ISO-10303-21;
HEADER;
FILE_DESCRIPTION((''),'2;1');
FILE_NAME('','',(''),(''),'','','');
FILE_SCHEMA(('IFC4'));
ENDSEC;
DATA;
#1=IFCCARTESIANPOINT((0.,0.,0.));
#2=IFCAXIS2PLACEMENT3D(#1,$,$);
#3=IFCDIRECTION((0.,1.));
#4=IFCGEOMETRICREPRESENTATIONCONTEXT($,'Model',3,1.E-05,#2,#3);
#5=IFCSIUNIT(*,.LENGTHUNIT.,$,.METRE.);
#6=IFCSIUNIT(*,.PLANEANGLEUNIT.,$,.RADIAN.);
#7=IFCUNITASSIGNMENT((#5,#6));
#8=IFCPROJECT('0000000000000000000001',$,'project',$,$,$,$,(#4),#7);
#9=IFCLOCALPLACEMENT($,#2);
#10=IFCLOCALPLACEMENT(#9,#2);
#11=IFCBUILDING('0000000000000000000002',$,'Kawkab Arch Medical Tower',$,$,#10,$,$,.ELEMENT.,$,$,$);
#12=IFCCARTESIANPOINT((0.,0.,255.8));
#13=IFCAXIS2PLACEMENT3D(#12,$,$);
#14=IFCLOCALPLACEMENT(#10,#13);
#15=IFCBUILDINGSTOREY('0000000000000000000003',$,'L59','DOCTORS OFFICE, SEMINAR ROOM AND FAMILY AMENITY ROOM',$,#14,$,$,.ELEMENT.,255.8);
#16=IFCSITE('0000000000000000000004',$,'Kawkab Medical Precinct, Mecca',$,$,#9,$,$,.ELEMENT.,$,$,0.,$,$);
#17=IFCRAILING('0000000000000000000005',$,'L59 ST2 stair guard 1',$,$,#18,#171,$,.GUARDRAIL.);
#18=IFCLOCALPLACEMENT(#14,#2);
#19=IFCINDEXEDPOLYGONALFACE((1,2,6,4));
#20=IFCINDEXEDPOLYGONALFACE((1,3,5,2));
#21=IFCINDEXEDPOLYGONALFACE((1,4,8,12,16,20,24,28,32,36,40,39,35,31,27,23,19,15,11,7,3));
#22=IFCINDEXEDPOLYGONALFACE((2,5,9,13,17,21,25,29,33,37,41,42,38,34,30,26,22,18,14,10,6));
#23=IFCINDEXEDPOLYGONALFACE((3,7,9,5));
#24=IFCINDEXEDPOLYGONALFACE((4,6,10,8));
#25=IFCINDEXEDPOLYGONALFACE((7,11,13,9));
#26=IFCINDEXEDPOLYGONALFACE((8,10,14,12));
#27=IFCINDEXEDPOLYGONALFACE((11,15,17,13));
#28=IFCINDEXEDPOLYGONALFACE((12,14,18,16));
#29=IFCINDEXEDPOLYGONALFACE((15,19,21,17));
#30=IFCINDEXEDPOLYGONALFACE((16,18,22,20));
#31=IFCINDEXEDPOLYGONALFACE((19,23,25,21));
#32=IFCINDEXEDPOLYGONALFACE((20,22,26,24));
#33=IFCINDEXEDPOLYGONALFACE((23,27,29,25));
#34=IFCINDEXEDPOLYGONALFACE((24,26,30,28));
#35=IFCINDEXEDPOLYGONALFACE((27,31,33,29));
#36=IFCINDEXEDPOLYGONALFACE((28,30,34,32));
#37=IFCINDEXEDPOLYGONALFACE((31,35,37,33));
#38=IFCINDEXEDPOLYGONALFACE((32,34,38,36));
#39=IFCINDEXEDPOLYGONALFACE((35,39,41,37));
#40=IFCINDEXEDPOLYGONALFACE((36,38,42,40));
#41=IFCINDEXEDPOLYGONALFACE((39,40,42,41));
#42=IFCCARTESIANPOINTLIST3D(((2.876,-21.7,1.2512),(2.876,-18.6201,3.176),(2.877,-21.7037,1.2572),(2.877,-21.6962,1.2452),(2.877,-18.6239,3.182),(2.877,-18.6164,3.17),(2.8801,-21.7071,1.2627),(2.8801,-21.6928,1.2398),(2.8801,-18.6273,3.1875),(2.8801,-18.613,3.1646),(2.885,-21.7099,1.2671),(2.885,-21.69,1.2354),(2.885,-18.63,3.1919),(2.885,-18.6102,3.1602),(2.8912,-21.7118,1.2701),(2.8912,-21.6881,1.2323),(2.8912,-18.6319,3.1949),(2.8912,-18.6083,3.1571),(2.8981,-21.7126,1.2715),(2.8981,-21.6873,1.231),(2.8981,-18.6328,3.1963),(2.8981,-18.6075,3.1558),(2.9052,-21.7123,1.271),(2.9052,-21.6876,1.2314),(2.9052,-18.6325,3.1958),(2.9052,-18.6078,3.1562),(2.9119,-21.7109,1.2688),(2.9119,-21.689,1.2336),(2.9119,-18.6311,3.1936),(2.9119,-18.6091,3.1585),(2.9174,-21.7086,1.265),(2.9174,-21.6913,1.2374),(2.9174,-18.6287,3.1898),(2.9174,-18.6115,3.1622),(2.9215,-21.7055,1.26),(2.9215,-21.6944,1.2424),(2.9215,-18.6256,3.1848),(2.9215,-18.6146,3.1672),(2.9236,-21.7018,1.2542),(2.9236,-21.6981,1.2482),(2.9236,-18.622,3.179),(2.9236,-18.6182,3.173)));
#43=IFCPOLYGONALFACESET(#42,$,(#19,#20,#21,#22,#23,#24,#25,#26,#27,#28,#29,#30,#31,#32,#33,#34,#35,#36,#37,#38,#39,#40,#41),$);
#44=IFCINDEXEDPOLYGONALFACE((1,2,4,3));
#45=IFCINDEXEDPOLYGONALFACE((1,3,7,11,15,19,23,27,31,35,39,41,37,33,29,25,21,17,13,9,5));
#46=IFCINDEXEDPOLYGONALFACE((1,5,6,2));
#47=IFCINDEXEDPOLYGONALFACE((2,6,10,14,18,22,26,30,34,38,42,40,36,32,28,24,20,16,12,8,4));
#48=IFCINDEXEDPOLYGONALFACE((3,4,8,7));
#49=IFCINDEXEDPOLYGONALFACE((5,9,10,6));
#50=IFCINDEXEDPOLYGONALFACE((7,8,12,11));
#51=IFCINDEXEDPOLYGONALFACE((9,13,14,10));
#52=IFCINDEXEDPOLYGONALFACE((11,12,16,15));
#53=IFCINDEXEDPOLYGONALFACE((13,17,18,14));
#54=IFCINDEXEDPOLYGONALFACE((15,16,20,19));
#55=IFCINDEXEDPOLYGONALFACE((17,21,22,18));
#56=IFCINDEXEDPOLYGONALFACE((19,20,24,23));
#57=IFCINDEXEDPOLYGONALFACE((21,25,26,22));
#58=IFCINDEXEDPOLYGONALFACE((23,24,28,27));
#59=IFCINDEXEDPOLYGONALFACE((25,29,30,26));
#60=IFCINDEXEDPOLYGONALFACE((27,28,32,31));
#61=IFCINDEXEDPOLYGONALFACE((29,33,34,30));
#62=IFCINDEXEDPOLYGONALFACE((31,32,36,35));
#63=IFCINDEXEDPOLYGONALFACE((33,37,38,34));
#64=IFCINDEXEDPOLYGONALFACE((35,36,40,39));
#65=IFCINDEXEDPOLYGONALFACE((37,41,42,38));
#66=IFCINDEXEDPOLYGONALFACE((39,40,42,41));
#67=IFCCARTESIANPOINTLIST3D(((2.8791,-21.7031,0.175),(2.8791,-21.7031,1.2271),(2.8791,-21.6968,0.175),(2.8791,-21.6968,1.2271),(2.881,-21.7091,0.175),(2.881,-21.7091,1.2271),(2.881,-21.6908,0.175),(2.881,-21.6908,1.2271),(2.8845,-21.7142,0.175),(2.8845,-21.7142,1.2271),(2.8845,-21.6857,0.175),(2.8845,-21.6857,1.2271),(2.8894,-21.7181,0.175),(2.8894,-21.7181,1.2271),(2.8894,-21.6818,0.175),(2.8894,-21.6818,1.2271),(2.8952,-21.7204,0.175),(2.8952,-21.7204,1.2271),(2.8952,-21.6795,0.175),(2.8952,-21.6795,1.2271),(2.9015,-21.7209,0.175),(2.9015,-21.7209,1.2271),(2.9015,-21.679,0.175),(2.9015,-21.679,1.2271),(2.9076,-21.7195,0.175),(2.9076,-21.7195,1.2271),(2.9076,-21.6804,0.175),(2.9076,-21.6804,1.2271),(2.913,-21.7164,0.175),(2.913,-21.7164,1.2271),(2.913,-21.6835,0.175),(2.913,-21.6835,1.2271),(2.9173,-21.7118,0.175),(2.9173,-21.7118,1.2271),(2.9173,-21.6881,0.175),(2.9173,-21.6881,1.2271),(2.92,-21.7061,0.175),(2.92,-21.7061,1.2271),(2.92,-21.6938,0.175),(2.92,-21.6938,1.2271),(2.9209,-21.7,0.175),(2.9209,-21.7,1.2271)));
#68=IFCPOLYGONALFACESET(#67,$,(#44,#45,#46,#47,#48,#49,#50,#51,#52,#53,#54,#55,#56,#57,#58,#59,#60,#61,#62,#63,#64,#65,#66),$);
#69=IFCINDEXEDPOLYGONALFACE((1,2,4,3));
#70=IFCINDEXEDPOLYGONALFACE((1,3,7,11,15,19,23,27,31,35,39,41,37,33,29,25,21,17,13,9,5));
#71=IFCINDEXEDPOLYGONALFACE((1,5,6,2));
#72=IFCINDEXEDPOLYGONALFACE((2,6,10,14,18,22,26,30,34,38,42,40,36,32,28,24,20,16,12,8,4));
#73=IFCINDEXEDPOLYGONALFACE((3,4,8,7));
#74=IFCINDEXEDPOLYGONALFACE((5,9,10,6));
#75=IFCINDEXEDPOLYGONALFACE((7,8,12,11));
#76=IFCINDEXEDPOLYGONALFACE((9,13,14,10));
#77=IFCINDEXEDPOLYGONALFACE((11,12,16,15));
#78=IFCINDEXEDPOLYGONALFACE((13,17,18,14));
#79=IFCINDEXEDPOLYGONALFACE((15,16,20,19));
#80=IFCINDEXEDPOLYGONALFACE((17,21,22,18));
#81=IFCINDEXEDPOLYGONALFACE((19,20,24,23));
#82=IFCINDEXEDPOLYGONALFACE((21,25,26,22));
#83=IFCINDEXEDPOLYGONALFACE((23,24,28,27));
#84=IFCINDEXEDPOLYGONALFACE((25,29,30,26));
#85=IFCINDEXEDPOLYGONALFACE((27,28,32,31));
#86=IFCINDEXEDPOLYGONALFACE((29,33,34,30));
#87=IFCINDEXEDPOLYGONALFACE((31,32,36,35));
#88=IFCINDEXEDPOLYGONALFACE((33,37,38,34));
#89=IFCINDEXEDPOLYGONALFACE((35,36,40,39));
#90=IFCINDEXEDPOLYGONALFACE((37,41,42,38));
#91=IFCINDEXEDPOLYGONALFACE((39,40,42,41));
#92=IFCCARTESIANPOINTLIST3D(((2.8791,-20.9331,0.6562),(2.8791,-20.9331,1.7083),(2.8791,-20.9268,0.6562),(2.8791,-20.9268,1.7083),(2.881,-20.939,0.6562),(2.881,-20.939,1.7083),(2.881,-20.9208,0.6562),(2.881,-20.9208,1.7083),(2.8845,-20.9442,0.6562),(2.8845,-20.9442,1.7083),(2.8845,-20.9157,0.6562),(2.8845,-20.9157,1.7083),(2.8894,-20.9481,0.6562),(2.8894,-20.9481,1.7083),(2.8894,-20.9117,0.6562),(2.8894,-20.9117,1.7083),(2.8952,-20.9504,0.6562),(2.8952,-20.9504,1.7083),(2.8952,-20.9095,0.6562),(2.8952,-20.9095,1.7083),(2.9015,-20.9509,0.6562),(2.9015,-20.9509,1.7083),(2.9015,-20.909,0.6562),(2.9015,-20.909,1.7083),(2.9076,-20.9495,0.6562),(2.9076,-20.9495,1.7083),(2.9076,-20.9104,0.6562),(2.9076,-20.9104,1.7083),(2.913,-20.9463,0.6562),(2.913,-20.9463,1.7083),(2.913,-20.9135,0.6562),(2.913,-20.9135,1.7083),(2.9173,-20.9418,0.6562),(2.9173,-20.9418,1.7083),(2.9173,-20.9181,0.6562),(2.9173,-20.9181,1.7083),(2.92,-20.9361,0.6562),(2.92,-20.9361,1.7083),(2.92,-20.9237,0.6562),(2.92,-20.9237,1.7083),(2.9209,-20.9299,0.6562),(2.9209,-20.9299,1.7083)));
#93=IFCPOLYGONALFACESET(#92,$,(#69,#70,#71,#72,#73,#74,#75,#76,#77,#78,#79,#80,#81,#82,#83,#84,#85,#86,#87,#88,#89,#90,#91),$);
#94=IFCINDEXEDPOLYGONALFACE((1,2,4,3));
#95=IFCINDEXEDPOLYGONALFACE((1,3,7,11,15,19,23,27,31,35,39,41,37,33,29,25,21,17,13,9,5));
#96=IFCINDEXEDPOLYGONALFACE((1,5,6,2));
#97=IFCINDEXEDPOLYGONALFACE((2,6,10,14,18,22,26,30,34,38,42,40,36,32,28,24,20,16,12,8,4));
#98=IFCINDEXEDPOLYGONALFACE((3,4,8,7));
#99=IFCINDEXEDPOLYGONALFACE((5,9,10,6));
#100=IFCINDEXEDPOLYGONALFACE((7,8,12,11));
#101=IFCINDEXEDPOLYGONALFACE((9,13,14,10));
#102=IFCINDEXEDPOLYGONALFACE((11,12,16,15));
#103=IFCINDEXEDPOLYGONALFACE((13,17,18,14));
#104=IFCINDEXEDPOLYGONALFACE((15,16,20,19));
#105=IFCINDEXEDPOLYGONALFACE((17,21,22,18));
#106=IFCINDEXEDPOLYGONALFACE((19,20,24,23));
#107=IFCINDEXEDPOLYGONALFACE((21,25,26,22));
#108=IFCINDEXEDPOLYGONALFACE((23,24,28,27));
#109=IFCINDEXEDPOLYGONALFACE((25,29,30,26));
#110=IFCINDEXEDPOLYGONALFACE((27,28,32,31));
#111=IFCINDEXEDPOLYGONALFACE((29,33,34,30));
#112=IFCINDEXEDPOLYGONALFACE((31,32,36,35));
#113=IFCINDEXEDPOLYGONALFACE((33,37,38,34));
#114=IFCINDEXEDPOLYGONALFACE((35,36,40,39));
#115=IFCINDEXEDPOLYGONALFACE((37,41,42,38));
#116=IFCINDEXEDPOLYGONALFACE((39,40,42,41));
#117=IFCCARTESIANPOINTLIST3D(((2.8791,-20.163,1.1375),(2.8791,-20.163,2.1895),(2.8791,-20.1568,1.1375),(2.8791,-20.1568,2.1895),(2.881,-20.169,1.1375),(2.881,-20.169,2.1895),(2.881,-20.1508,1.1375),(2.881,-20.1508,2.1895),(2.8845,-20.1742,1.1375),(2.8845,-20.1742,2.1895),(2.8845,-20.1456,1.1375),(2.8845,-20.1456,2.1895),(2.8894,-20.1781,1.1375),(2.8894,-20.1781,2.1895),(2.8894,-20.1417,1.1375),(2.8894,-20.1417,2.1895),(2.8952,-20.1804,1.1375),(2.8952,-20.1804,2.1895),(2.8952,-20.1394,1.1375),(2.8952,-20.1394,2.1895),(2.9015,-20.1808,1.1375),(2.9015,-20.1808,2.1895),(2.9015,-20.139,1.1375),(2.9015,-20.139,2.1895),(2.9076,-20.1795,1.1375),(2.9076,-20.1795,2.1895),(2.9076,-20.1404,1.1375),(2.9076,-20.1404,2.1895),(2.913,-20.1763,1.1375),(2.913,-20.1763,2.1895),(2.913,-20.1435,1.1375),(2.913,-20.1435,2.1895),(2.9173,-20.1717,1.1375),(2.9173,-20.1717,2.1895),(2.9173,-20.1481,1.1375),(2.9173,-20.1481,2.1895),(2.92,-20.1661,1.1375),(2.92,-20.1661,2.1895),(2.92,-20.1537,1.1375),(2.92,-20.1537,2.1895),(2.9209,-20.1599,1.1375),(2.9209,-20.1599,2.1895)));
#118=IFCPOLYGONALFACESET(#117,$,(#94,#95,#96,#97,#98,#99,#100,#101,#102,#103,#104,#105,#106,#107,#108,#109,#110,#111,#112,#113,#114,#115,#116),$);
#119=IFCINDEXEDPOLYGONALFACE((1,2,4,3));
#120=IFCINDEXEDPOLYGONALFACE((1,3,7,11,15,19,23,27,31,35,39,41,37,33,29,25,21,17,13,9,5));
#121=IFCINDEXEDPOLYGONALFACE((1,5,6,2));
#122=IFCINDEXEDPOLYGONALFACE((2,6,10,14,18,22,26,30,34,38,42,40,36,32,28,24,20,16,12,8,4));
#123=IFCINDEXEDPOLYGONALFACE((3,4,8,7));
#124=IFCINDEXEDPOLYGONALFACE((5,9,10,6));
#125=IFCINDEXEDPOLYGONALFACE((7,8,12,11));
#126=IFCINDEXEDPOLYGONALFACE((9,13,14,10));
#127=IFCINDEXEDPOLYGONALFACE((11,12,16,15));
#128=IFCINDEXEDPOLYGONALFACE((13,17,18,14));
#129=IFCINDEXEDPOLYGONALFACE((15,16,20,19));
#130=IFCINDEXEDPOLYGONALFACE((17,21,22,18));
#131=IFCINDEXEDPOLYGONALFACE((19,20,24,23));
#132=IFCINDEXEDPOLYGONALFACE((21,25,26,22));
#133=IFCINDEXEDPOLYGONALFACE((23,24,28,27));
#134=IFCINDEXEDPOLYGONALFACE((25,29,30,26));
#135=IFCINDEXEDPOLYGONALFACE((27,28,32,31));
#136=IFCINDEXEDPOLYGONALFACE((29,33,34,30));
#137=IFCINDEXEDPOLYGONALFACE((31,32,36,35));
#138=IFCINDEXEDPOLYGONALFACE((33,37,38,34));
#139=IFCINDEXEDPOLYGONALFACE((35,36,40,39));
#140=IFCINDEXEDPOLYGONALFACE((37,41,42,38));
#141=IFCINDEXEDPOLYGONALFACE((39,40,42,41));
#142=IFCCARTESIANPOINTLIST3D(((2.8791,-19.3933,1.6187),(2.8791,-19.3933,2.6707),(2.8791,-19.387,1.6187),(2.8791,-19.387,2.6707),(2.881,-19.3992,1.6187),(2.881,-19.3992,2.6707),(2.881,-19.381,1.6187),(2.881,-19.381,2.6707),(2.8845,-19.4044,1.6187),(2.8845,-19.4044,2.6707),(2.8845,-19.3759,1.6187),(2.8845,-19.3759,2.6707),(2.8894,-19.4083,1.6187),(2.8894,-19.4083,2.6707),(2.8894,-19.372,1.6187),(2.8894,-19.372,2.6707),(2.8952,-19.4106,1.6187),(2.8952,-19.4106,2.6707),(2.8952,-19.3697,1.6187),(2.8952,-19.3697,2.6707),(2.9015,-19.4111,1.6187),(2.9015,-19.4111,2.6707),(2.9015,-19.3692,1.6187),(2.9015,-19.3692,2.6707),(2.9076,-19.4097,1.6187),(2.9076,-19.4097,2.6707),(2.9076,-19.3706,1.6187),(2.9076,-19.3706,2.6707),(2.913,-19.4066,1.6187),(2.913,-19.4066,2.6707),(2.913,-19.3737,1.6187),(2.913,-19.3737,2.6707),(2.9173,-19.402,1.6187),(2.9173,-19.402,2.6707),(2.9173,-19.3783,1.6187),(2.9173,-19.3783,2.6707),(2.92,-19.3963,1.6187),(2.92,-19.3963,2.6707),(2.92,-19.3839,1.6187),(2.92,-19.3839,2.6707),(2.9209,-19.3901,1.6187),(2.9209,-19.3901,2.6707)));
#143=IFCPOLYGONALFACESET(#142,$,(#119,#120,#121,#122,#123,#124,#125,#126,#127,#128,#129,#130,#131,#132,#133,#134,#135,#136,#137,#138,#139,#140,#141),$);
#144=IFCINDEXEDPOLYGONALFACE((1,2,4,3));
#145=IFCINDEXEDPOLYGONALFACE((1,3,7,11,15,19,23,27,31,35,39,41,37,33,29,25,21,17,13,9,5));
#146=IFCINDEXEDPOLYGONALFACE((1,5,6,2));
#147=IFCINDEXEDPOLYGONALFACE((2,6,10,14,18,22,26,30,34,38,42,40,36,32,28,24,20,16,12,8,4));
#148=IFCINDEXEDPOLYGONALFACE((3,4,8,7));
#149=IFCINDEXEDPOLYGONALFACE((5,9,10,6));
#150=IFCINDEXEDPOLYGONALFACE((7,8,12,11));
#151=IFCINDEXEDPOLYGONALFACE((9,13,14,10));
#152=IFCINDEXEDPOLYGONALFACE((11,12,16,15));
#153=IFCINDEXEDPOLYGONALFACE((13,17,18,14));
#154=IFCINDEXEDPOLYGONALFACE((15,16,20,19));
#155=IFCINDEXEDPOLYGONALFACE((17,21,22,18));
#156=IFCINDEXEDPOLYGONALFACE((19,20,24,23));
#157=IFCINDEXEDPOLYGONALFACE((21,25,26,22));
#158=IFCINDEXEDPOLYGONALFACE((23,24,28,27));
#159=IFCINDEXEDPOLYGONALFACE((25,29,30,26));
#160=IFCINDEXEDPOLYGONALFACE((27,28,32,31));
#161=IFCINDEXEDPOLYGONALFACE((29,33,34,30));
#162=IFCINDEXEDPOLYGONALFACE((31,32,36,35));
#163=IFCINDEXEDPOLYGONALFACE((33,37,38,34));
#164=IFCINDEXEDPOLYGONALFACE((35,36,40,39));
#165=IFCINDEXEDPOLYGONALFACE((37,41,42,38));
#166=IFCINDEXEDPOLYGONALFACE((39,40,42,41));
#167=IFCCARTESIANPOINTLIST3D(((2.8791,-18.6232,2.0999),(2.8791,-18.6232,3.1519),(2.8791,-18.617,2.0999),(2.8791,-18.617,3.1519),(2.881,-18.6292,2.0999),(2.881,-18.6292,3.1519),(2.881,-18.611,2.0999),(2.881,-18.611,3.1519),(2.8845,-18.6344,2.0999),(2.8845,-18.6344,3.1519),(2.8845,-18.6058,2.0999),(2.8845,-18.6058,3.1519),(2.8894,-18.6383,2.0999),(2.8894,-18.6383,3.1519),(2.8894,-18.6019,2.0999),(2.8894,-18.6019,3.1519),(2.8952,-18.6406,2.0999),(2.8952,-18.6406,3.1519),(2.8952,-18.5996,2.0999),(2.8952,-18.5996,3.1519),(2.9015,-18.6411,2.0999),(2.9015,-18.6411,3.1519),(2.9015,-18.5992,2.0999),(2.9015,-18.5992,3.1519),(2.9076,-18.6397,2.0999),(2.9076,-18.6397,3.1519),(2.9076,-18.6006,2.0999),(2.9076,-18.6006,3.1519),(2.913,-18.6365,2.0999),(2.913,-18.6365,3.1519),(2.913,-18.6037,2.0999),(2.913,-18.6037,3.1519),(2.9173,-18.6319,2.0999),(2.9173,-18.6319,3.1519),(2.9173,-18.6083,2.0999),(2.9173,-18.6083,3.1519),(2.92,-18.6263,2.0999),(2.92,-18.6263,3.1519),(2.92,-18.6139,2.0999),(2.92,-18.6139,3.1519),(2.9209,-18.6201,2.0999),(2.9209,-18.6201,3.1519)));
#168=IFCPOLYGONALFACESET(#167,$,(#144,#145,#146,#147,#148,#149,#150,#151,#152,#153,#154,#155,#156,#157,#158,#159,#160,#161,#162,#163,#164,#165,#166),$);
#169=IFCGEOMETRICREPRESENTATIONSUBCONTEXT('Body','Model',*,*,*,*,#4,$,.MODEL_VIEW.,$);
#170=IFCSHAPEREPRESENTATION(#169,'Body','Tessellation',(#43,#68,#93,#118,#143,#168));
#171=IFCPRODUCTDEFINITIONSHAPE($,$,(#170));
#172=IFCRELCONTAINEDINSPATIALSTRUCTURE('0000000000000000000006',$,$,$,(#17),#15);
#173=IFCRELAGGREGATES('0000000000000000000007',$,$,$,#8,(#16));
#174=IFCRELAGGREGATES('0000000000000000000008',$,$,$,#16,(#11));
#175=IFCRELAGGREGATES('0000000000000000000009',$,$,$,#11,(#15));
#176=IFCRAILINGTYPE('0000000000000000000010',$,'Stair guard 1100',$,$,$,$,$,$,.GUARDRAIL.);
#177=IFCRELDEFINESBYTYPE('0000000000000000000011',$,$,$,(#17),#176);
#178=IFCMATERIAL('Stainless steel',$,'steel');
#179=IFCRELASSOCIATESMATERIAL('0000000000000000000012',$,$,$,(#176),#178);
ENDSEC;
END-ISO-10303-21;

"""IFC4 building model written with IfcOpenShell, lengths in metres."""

from ifc_helpers import new_model, si_unit, direction, frame, origin, origin_2d, place, context, subcontext, project, spatial, circle, extrude, material, type_object, element, save


model = new_model("IFC4")

# Units and contexts
model_context = context("Model", 3, precision=1e-05, world=origin(), true_north=direction((0.0, 1.0)))
body_context = subcontext(model_context, "Body", "Model", "MODEL_VIEW")
ifc_project = project(units=[si_unit("LENGTHUNIT", "METRE"), si_unit("PLANEANGLEUNIT", "RADIAN")], contexts=[model_context])

# Site, building, storey
site_placement = place(None, origin())
site = spatial("IfcSite", under=ifc_project, at=site_placement, Name="Kawkab Medical Precinct, Mecca", CompositionType="ELEMENT", RefElevation=0.0)
building_placement = place(site_placement, origin())
building = spatial("IfcBuilding", under=site, at=building_placement, Name="Kawkab Arch Medical Tower", CompositionType="ELEMENT")
storey_placement = place(building_placement, frame((0.0, 0.0, 255.8)))
storey = spatial("IfcBuildingStorey", under=building, at=storey_placement, Name="L59", Description="DOCTORS OFFICE, SEMINAR ROOM AND FAMILY AMENITY ROOM", CompositionType="ELEMENT", Elevation=255.8)

# Railing
ifc_material_1 = material(Name="Stainless steel", Category="steel")
railing_type = type_object("IfcRailingType", Name="Stair guard 1100", PredefinedType="GUARDRAIL", material=ifc_material_1)
railing_1_placement = place(storey_placement, frame((2.8999, -21.7, 0.175)))
element("IfcRailing", 1, at=railing_1_placement, inside=storey, type_object=railing_type, Name="L59 ST2 stair guard 1", PredefinedType="GUARDRAIL", context=body_context, shape_type="SweptSolid", body=[
    extrude(circle(Radius=0.0239, at=origin_2d()), frame((0.0, 0.0, 1.0762), z_axis=(0.0, 0.84801, 0.529981), x_axis=(-1.0, 0.0, 0.0)), (0.0, 0.0, 1.0), 3.6318),
    extrude(circle(Radius=0.021, at=origin_2d()), origin(), (0.0, 0.0, 1.0), 1.052),
    extrude(circle(Radius=0.021, at=origin_2d()), frame((0.0, 0.77, 0.4812)), (0.0, 0.0, 1.0), 1.052),
    extrude(circle(Radius=0.021, at=origin_2d()), frame((0.0, 1.54, 0.9624)), (0.0, 0.0, 1.0), 1.052),
    extrude(circle(Radius=0.021, at=origin_2d()), frame((0.0, 2.3098, 1.4436)), (0.0, 0.0, 1.0), 1.052),
    extrude(circle(Radius=0.021, at=origin_2d()), frame((0.0, 3.0798, 1.9248)), (0.0, 0.0, 1.0), 1.052),
])

save(model, "model.ifc")
